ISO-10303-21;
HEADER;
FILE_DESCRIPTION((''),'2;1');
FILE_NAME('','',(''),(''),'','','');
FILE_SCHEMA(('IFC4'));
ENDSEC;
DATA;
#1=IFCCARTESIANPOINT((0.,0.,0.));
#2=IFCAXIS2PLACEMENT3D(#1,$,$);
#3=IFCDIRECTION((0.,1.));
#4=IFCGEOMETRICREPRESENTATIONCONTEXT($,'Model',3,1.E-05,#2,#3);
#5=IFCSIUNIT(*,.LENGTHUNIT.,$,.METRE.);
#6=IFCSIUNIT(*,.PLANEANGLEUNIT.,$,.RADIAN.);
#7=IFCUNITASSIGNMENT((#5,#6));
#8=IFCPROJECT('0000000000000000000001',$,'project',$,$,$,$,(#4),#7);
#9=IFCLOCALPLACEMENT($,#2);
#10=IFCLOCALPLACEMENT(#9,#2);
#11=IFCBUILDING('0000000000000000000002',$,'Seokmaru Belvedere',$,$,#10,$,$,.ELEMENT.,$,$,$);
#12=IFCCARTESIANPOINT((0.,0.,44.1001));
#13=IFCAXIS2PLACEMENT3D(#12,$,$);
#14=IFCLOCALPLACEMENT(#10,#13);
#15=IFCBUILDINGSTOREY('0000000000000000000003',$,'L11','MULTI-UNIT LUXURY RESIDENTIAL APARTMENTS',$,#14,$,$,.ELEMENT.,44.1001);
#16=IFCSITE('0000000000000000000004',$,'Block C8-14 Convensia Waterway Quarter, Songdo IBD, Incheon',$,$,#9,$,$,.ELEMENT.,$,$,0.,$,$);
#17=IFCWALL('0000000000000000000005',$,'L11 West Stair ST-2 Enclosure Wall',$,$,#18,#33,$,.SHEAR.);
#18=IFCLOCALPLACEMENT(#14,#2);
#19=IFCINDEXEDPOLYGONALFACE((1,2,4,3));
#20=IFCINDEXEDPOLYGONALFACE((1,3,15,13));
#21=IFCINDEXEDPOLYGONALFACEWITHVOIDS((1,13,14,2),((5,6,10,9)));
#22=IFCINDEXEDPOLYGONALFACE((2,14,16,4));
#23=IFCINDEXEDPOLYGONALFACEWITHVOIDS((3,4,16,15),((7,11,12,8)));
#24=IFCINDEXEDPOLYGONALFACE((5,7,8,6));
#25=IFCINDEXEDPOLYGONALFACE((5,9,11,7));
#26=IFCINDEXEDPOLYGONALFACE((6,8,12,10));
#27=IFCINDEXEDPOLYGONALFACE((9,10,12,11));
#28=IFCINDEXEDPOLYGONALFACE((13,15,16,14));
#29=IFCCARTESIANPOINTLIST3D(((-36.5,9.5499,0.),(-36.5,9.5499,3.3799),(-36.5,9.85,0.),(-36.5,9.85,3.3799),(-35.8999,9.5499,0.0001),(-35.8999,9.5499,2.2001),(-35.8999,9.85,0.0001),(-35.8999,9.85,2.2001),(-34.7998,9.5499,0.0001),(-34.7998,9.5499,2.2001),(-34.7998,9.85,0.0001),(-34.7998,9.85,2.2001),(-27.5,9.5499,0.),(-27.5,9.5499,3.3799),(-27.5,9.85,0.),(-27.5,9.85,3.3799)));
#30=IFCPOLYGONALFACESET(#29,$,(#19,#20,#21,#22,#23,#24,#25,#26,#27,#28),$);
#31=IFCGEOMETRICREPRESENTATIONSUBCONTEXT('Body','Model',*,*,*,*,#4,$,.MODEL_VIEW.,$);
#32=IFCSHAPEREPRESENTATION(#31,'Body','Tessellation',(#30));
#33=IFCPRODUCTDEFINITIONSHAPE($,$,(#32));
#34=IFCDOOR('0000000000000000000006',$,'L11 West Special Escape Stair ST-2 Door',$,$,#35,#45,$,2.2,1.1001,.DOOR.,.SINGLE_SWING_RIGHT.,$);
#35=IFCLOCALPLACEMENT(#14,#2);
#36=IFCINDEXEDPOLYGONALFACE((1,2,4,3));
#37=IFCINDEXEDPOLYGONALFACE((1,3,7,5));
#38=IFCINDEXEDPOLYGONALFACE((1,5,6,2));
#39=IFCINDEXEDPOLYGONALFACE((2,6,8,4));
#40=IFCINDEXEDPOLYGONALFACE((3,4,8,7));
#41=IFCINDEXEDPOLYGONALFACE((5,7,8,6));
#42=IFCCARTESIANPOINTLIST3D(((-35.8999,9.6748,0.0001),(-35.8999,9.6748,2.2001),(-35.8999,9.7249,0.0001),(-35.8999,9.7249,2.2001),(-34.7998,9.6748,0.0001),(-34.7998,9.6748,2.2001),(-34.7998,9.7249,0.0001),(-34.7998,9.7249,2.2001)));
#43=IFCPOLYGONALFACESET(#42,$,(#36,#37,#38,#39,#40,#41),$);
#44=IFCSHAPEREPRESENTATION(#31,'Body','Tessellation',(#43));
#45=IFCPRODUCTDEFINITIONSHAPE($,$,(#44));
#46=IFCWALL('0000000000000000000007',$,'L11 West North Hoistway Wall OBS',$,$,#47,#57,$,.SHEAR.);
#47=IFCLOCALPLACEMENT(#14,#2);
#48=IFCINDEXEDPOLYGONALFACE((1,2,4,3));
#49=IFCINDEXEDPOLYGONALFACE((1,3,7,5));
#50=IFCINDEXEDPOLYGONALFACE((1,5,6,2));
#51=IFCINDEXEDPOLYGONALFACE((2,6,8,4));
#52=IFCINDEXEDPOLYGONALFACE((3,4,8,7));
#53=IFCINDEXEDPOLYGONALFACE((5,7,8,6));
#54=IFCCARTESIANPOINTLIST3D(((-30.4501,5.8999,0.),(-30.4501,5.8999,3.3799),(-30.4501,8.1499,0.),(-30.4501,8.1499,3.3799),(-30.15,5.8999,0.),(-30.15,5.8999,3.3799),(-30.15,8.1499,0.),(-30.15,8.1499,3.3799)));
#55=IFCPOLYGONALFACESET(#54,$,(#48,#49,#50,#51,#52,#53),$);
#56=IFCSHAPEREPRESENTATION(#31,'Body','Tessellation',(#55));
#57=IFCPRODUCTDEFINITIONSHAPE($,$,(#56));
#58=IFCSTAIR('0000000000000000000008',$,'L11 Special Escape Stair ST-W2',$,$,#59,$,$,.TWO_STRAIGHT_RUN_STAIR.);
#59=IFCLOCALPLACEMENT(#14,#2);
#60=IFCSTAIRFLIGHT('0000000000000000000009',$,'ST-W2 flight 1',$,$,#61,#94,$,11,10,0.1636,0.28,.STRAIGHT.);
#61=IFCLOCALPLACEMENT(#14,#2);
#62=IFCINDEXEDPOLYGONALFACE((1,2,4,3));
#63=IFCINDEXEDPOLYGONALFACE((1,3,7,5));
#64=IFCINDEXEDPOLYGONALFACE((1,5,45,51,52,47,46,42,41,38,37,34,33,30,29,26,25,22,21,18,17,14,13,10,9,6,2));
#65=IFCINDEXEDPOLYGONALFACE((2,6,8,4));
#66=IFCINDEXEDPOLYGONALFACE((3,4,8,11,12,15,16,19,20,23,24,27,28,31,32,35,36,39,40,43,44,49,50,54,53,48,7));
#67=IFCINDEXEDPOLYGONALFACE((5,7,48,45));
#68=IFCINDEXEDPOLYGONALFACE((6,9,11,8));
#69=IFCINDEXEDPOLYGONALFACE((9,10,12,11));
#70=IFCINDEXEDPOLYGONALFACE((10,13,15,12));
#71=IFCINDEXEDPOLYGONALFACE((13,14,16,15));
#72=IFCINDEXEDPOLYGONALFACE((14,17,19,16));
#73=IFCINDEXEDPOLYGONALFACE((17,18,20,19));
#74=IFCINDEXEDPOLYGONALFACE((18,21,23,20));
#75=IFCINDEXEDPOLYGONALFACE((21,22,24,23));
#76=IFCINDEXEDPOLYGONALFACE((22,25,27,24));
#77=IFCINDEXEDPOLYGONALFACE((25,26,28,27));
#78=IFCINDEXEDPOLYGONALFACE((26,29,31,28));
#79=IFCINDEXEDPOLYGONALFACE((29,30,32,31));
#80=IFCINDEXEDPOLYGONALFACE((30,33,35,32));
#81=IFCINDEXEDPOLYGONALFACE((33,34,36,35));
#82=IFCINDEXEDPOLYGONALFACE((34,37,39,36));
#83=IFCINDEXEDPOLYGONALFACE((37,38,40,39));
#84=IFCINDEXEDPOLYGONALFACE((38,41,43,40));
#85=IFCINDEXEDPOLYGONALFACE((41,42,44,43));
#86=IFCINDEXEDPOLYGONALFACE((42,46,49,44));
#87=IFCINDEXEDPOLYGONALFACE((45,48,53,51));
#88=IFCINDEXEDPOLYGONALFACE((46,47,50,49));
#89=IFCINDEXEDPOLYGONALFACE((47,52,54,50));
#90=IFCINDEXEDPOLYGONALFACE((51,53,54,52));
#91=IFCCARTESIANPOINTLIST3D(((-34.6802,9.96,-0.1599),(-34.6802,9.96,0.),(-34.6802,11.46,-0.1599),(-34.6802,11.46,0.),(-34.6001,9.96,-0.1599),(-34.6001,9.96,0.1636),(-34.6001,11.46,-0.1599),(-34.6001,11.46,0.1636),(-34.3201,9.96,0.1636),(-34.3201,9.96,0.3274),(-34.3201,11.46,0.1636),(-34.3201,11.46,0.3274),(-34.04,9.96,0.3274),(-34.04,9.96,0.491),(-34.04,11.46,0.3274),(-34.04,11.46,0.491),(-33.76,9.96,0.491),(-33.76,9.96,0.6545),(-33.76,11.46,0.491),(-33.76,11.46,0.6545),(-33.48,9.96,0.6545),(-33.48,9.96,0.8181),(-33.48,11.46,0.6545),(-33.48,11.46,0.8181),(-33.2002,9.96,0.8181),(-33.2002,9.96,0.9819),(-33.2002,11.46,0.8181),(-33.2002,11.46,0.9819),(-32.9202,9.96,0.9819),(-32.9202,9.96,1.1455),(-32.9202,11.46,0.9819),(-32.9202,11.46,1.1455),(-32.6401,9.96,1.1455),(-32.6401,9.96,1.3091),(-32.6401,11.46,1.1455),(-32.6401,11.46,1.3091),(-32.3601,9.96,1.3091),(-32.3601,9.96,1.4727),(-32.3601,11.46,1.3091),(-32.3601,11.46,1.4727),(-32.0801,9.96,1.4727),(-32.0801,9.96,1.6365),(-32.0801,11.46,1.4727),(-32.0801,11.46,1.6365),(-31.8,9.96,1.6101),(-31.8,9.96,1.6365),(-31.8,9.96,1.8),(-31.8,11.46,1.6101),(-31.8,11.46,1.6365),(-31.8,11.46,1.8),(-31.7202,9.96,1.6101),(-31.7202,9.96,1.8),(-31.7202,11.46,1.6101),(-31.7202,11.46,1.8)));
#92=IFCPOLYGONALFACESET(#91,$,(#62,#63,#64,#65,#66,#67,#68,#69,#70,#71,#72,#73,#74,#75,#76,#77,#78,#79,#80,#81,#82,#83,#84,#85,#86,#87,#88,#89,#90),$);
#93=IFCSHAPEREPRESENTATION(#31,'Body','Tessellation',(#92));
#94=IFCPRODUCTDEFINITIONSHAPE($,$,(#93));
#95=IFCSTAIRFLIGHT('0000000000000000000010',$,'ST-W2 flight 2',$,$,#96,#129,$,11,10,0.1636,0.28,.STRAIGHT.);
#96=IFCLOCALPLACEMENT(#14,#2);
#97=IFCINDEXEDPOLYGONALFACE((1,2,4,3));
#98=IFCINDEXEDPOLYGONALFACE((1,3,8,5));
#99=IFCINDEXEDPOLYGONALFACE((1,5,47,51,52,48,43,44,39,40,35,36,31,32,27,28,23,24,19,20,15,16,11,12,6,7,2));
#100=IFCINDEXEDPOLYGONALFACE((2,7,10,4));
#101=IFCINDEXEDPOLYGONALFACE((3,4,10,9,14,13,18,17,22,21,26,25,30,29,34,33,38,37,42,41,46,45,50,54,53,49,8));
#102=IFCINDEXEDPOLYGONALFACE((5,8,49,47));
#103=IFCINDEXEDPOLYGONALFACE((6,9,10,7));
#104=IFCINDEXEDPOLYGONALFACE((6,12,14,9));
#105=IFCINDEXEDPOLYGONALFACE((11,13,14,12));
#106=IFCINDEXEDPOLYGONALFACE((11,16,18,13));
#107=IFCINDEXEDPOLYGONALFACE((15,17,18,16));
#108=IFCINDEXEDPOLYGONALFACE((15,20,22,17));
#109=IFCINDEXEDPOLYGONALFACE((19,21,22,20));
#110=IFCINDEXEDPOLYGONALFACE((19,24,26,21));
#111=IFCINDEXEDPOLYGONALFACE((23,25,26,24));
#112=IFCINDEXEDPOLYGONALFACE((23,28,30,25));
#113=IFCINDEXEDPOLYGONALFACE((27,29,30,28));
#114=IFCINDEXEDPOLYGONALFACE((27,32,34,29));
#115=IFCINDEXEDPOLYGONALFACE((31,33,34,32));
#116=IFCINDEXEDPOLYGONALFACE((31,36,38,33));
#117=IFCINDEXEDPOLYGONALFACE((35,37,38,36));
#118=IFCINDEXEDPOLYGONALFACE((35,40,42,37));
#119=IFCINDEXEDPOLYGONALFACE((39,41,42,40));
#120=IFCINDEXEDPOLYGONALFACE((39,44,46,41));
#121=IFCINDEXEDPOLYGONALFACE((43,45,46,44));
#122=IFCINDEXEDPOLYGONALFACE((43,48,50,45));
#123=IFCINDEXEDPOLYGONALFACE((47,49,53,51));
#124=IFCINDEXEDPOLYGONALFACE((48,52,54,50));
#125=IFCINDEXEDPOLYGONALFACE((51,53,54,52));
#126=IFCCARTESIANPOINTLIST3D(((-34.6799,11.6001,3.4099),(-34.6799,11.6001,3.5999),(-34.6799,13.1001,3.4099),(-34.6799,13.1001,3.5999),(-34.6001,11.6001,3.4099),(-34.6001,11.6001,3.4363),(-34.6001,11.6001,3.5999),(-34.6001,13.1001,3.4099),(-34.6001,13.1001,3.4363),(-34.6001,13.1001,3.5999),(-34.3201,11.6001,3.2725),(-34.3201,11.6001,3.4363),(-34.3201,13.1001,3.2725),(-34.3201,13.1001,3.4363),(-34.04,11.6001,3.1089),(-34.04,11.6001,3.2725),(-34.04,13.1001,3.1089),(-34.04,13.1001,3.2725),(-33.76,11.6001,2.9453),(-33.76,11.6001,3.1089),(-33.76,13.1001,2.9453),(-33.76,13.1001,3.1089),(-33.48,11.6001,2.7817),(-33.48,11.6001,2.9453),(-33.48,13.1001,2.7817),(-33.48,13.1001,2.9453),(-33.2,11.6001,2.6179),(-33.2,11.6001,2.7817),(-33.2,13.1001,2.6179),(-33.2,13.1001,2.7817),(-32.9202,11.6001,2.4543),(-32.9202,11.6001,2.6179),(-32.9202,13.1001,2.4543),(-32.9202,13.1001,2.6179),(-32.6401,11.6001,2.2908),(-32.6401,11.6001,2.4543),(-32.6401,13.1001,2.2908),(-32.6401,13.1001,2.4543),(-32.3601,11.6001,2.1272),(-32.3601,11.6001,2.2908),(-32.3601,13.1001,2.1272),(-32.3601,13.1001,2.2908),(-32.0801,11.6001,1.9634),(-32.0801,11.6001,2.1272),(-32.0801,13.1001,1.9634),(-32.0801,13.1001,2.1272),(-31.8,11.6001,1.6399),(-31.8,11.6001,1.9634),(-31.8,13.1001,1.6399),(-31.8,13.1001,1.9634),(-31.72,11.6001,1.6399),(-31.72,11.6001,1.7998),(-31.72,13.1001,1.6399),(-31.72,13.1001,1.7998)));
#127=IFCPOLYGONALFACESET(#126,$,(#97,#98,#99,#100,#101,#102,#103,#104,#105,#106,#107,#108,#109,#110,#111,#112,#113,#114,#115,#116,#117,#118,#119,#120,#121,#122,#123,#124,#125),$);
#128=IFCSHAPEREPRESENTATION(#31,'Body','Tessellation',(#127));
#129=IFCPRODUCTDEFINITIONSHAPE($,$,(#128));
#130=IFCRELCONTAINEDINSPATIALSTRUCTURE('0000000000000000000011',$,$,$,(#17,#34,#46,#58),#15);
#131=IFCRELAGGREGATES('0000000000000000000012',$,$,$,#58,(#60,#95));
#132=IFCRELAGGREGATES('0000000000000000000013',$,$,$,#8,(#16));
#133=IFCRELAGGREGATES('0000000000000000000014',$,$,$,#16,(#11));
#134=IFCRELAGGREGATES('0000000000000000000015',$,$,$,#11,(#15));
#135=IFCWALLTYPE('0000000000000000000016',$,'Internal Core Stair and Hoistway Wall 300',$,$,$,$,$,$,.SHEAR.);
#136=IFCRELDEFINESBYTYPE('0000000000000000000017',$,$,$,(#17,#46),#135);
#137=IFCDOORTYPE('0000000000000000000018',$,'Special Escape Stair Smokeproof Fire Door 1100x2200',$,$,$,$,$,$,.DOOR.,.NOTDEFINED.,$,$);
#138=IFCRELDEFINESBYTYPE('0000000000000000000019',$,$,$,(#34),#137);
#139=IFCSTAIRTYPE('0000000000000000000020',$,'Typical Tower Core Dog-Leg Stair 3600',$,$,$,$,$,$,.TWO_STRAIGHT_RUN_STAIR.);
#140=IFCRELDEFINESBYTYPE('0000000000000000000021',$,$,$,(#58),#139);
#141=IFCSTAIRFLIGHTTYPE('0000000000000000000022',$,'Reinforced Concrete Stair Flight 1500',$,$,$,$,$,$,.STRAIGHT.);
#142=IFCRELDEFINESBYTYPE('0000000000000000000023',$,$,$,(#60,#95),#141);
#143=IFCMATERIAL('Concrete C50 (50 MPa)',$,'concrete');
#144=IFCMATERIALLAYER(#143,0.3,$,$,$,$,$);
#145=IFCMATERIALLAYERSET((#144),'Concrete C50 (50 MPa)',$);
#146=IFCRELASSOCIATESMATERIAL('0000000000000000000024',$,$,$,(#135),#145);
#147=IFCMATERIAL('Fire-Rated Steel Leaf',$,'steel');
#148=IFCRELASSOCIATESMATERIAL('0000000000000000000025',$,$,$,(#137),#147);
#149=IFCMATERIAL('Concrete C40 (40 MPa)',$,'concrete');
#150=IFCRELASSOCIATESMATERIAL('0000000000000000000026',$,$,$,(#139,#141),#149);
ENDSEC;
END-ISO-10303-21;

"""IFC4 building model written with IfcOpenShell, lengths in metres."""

from ifc_helpers import new_model, si_unit, direction, frame, frame_2d, origin, place, context, subcontext, project, spatial, polyline, rectangle, outline, extrude, source, transform, mapped, material, layer, layer_set, type_object, type_shapes, element, fill, aggregate, save


model = new_model("IFC4")

# Units and contexts
model_context = context("Model", 3, precision=1e-05, world=origin(), true_north=direction((0.0, 1.0)))
body_context = subcontext(model_context, "Body", "Model", "MODEL_VIEW")
ifc_project = project(units=[si_unit("LENGTHUNIT", "METRE"), si_unit("PLANEANGLEUNIT", "RADIAN")], contexts=[model_context])

# Site, building, storey
site_placement = place(None, origin())
site = spatial("IfcSite", under=ifc_project, at=site_placement, Name="Block C8-14 Convensia Waterway Quarter, Songdo IBD, Incheon", CompositionType="ELEMENT", RefElevation=0.0)
building_placement = place(site_placement, origin())
building = spatial("IfcBuilding", under=site, at=building_placement, Name="Seokmaru Belvedere", CompositionType="ELEMENT")
storey_placement = place(building_placement, frame((0.0, 0.0, 44.1001)))
storey = spatial("IfcBuildingStorey", under=building, at=storey_placement, Name="L11", Description="MULTI-UNIT LUXURY RESIDENTIAL APARTMENTS", CompositionType="ELEMENT", Elevation=44.1001)

# Shared definitions
ifc_material_1 = material(Name="Concrete C50 (50 MPa)", Category="concrete")

# Wall, opening, door
ifc_layer_1 = layer(ifc_material_1, 0.3)
ifc_layer_set_1 = layer_set([ifc_layer_1], Name="Concrete C50 (50 MPa)")
wall_type_1 = type_object("IfcWallType", Name="Internal Core Stair and Hoistway Wall 300", PredefinedType="SHEAR", material=ifc_layer_set_1)
wall_1_placement = place(storey_placement, frame((-36.5, 9.7, 0.0), z_axis=(0.0, 0.0, 1.0), x_axis=(1.0, 0.0, 0.0)))
wall_1 = element("IfcWall", 1, at=wall_1_placement, inside=storey, type_object=wall_type_1, Name="L11 West Stair ST-2 Enclosure Wall", PredefinedType="SHEAR", context=body_context, shape_type="SweptSolid", body=[
    extrude(rectangle(XDim=9.0, YDim=0.3, at=frame_2d((4.5, 0.0))), origin(), (0.0, 0.0, 1.0), 3.3799),
])
opening_1_placement = place(wall_1_placement, frame((0.6001, 0.0, 0.0)))
opening_1 = element("IfcOpeningElement", 2, at=opening_1_placement, cuts=wall_1, PredefinedType="OPENING", context=body_context, shape_type="SweptSolid", body=[
    extrude(rectangle(XDim=1.1001, YDim=2.2, at=frame_2d((0.55, 1.1001))), frame((0.0, 0.1602, 0.0), z_axis=(0.0, -1.0, 0.0), x_axis=(1.0, 0.0, 0.0)), (0.0, 0.0, 1.0), 0.3201),
])
ifc_material_2 = material(Name="Fire-Rated Steel Leaf", Category="steel")
door_type_1 = type_object("IfcDoorType", Name="Special Escape Stair Smokeproof Fire Door 1100x2200", OperationType="NOTDEFINED", PredefinedType="DOOR", material=ifc_material_2)
shared_shape_1 = source(origin(), body_context, "Body", "SweptSolid", [
    extrude(rectangle(XDim=1.1001, YDim=2.2, at=frame_2d((0.55, 1.1001))), frame((0.0, 0.0249, 0.0), z_axis=(0.0, -1.0, 0.0), x_axis=(1.0, 0.0, 0.0)), (0.0, 0.0, 1.0), 0.05),
])
type_shapes(door_type_1, [shared_shape_1])
door_1_placement = place(opening_1_placement, origin())
door_1 = element("IfcDoor", 3, at=door_1_placement, inside=storey, type_object=door_type_1, Name="L11 West Special Escape Stair ST-2 Door", OperationType="SINGLE_SWING_RIGHT", OverallHeight=2.2, OverallWidth=1.1001, PredefinedType="DOOR", context=body_context, shape_type="MappedRepresentation", body=[
    mapped(shared_shape_1, transform((0.0, 0.0, 0.0), scale=1.0)),
])
fill(opening_1, door_1)

# Wall
wall_2_placement = place(storey_placement, frame((-30.3, 5.8999, 0.0), z_axis=(0.0, 0.0, 1.0), x_axis=(0.0, 1.0, 0.0)))
element("IfcWall", 4, at=wall_2_placement, inside=storey, type_object=wall_type_1, Name="L11 West North Hoistway Wall OBS", PredefinedType="SHEAR", context=body_context, shape_type="SweptSolid", body=[
    extrude(rectangle(XDim=2.25, YDim=0.3, at=frame_2d((1.125, 0.0))), origin(), (0.0, 0.0, 1.0), 3.3799),
])

# Stair, stair flights
ifc_material_3 = material(Name="Concrete C40 (40 MPa)", Category="concrete")
stair_type = type_object("IfcStairType", Name="Typical Tower Core Dog-Leg Stair 3600", PredefinedType="TWO_STRAIGHT_RUN_STAIR", material=ifc_material_3)
stair_placement = place(storey_placement, origin())
stair = element("IfcStair", 5, at=stair_placement, inside=storey, type_object=stair_type, Name="L11 Special Escape Stair ST-W2", PredefinedType="TWO_STRAIGHT_RUN_STAIR")
stair_flight_type = type_object("IfcStairFlightType", Name="Reinforced Concrete Stair Flight 1500", PredefinedType="STRAIGHT", material=ifc_material_3)
stair_flight_1_placement = place(storey_placement, frame((-34.6001, 10.71, 0.0), z_axis=(0.0, 0.0, 1.0), x_axis=(1.0, 0.0, 0.0)))
stair_flight_1 = element("IfcStairFlight", 6, at=stair_flight_1_placement, type_object=stair_flight_type, Name="ST-W2 flight 1", NumberOfRisers=11, NumberOfTreads=10, PredefinedType="STRAIGHT", RiserHeight=0.1636, TreadLength=0.28, context=body_context, shape_type="SweptSolid", body=[
    extrude(outline(polyline([(-0.0801, 0.0), (0.0, 0.1636), (0.28, 0.1636), (0.28, 0.3274), (0.5601, 0.3274), (0.5601, 0.491), (0.8401, 0.491), (0.8401, 0.6545), (1.1201, 0.6545), (1.1201, 0.8181), (1.3999, 0.8181), (1.3999, 0.9819), (1.6799, 0.9819), (1.6799, 1.1455), (1.96, 1.1455), (1.96, 1.3091), (2.24, 1.3091), (2.24, 1.4727), (2.52, 1.4727), (2.52, 1.6365), (2.8, 1.6365), (2.8, 1.8), (2.8799, 1.8), (2.8799, 1.6101), (2.8, 1.6101), (0.0, -0.1599), (-0.0801, -0.1599), (-0.0801, 0.0)])), frame((0.0, 0.75, 0.0), z_axis=(0.0, -1.0, 0.0), x_axis=(1.0, 0.0, 0.0)), (0.0, 0.0, 1.0), 1.5),
])
stair_flight_2_placement = place(storey_placement, frame((-31.8, 12.3501, 1.7998), z_axis=(0.0, 0.0, 1.0), x_axis=(-1.0, 0.0, 0.0)))
stair_flight_2 = element("IfcStairFlight", 7, at=stair_flight_2_placement, type_object=stair_flight_type, Name="ST-W2 flight 2", NumberOfRisers=11, NumberOfTreads=10, PredefinedType="STRAIGHT", RiserHeight=0.1636, TreadLength=0.28, context=body_context, shape_type="SweptSolid", body=[
    extrude(outline(polyline([(-0.0801, 0.0), (0.0, 0.1636), (0.28, 0.1636), (0.28, 0.3274), (0.5601, 0.3274), (0.5601, 0.491), (0.8401, 0.491), (0.8401, 0.6545), (1.1201, 0.6545), (1.1201, 0.8181), (1.3999, 0.8181), (1.3999, 0.9819), (1.6799, 0.9819), (1.6799, 1.1455), (1.96, 1.1455), (1.96, 1.3091), (2.24, 1.3091), (2.24, 1.4727), (2.52, 1.4727), (2.52, 1.6365), (2.8, 1.6365), (2.8, 1.8), (2.8799, 1.8), (2.8799, 1.6101), (2.8, 1.6101), (0.0, -0.1599), (-0.0801, -0.1599), (-0.0801, 0.0)])), frame((0.0, 0.75, 0.0), z_axis=(0.0, -1.0, 0.0), x_axis=(1.0, 0.0, 0.0)), (0.0, 0.0, 1.0), 1.5),
])
aggregate(stair, [stair_flight_1, stair_flight_2])

save(model, "model.ifc")
